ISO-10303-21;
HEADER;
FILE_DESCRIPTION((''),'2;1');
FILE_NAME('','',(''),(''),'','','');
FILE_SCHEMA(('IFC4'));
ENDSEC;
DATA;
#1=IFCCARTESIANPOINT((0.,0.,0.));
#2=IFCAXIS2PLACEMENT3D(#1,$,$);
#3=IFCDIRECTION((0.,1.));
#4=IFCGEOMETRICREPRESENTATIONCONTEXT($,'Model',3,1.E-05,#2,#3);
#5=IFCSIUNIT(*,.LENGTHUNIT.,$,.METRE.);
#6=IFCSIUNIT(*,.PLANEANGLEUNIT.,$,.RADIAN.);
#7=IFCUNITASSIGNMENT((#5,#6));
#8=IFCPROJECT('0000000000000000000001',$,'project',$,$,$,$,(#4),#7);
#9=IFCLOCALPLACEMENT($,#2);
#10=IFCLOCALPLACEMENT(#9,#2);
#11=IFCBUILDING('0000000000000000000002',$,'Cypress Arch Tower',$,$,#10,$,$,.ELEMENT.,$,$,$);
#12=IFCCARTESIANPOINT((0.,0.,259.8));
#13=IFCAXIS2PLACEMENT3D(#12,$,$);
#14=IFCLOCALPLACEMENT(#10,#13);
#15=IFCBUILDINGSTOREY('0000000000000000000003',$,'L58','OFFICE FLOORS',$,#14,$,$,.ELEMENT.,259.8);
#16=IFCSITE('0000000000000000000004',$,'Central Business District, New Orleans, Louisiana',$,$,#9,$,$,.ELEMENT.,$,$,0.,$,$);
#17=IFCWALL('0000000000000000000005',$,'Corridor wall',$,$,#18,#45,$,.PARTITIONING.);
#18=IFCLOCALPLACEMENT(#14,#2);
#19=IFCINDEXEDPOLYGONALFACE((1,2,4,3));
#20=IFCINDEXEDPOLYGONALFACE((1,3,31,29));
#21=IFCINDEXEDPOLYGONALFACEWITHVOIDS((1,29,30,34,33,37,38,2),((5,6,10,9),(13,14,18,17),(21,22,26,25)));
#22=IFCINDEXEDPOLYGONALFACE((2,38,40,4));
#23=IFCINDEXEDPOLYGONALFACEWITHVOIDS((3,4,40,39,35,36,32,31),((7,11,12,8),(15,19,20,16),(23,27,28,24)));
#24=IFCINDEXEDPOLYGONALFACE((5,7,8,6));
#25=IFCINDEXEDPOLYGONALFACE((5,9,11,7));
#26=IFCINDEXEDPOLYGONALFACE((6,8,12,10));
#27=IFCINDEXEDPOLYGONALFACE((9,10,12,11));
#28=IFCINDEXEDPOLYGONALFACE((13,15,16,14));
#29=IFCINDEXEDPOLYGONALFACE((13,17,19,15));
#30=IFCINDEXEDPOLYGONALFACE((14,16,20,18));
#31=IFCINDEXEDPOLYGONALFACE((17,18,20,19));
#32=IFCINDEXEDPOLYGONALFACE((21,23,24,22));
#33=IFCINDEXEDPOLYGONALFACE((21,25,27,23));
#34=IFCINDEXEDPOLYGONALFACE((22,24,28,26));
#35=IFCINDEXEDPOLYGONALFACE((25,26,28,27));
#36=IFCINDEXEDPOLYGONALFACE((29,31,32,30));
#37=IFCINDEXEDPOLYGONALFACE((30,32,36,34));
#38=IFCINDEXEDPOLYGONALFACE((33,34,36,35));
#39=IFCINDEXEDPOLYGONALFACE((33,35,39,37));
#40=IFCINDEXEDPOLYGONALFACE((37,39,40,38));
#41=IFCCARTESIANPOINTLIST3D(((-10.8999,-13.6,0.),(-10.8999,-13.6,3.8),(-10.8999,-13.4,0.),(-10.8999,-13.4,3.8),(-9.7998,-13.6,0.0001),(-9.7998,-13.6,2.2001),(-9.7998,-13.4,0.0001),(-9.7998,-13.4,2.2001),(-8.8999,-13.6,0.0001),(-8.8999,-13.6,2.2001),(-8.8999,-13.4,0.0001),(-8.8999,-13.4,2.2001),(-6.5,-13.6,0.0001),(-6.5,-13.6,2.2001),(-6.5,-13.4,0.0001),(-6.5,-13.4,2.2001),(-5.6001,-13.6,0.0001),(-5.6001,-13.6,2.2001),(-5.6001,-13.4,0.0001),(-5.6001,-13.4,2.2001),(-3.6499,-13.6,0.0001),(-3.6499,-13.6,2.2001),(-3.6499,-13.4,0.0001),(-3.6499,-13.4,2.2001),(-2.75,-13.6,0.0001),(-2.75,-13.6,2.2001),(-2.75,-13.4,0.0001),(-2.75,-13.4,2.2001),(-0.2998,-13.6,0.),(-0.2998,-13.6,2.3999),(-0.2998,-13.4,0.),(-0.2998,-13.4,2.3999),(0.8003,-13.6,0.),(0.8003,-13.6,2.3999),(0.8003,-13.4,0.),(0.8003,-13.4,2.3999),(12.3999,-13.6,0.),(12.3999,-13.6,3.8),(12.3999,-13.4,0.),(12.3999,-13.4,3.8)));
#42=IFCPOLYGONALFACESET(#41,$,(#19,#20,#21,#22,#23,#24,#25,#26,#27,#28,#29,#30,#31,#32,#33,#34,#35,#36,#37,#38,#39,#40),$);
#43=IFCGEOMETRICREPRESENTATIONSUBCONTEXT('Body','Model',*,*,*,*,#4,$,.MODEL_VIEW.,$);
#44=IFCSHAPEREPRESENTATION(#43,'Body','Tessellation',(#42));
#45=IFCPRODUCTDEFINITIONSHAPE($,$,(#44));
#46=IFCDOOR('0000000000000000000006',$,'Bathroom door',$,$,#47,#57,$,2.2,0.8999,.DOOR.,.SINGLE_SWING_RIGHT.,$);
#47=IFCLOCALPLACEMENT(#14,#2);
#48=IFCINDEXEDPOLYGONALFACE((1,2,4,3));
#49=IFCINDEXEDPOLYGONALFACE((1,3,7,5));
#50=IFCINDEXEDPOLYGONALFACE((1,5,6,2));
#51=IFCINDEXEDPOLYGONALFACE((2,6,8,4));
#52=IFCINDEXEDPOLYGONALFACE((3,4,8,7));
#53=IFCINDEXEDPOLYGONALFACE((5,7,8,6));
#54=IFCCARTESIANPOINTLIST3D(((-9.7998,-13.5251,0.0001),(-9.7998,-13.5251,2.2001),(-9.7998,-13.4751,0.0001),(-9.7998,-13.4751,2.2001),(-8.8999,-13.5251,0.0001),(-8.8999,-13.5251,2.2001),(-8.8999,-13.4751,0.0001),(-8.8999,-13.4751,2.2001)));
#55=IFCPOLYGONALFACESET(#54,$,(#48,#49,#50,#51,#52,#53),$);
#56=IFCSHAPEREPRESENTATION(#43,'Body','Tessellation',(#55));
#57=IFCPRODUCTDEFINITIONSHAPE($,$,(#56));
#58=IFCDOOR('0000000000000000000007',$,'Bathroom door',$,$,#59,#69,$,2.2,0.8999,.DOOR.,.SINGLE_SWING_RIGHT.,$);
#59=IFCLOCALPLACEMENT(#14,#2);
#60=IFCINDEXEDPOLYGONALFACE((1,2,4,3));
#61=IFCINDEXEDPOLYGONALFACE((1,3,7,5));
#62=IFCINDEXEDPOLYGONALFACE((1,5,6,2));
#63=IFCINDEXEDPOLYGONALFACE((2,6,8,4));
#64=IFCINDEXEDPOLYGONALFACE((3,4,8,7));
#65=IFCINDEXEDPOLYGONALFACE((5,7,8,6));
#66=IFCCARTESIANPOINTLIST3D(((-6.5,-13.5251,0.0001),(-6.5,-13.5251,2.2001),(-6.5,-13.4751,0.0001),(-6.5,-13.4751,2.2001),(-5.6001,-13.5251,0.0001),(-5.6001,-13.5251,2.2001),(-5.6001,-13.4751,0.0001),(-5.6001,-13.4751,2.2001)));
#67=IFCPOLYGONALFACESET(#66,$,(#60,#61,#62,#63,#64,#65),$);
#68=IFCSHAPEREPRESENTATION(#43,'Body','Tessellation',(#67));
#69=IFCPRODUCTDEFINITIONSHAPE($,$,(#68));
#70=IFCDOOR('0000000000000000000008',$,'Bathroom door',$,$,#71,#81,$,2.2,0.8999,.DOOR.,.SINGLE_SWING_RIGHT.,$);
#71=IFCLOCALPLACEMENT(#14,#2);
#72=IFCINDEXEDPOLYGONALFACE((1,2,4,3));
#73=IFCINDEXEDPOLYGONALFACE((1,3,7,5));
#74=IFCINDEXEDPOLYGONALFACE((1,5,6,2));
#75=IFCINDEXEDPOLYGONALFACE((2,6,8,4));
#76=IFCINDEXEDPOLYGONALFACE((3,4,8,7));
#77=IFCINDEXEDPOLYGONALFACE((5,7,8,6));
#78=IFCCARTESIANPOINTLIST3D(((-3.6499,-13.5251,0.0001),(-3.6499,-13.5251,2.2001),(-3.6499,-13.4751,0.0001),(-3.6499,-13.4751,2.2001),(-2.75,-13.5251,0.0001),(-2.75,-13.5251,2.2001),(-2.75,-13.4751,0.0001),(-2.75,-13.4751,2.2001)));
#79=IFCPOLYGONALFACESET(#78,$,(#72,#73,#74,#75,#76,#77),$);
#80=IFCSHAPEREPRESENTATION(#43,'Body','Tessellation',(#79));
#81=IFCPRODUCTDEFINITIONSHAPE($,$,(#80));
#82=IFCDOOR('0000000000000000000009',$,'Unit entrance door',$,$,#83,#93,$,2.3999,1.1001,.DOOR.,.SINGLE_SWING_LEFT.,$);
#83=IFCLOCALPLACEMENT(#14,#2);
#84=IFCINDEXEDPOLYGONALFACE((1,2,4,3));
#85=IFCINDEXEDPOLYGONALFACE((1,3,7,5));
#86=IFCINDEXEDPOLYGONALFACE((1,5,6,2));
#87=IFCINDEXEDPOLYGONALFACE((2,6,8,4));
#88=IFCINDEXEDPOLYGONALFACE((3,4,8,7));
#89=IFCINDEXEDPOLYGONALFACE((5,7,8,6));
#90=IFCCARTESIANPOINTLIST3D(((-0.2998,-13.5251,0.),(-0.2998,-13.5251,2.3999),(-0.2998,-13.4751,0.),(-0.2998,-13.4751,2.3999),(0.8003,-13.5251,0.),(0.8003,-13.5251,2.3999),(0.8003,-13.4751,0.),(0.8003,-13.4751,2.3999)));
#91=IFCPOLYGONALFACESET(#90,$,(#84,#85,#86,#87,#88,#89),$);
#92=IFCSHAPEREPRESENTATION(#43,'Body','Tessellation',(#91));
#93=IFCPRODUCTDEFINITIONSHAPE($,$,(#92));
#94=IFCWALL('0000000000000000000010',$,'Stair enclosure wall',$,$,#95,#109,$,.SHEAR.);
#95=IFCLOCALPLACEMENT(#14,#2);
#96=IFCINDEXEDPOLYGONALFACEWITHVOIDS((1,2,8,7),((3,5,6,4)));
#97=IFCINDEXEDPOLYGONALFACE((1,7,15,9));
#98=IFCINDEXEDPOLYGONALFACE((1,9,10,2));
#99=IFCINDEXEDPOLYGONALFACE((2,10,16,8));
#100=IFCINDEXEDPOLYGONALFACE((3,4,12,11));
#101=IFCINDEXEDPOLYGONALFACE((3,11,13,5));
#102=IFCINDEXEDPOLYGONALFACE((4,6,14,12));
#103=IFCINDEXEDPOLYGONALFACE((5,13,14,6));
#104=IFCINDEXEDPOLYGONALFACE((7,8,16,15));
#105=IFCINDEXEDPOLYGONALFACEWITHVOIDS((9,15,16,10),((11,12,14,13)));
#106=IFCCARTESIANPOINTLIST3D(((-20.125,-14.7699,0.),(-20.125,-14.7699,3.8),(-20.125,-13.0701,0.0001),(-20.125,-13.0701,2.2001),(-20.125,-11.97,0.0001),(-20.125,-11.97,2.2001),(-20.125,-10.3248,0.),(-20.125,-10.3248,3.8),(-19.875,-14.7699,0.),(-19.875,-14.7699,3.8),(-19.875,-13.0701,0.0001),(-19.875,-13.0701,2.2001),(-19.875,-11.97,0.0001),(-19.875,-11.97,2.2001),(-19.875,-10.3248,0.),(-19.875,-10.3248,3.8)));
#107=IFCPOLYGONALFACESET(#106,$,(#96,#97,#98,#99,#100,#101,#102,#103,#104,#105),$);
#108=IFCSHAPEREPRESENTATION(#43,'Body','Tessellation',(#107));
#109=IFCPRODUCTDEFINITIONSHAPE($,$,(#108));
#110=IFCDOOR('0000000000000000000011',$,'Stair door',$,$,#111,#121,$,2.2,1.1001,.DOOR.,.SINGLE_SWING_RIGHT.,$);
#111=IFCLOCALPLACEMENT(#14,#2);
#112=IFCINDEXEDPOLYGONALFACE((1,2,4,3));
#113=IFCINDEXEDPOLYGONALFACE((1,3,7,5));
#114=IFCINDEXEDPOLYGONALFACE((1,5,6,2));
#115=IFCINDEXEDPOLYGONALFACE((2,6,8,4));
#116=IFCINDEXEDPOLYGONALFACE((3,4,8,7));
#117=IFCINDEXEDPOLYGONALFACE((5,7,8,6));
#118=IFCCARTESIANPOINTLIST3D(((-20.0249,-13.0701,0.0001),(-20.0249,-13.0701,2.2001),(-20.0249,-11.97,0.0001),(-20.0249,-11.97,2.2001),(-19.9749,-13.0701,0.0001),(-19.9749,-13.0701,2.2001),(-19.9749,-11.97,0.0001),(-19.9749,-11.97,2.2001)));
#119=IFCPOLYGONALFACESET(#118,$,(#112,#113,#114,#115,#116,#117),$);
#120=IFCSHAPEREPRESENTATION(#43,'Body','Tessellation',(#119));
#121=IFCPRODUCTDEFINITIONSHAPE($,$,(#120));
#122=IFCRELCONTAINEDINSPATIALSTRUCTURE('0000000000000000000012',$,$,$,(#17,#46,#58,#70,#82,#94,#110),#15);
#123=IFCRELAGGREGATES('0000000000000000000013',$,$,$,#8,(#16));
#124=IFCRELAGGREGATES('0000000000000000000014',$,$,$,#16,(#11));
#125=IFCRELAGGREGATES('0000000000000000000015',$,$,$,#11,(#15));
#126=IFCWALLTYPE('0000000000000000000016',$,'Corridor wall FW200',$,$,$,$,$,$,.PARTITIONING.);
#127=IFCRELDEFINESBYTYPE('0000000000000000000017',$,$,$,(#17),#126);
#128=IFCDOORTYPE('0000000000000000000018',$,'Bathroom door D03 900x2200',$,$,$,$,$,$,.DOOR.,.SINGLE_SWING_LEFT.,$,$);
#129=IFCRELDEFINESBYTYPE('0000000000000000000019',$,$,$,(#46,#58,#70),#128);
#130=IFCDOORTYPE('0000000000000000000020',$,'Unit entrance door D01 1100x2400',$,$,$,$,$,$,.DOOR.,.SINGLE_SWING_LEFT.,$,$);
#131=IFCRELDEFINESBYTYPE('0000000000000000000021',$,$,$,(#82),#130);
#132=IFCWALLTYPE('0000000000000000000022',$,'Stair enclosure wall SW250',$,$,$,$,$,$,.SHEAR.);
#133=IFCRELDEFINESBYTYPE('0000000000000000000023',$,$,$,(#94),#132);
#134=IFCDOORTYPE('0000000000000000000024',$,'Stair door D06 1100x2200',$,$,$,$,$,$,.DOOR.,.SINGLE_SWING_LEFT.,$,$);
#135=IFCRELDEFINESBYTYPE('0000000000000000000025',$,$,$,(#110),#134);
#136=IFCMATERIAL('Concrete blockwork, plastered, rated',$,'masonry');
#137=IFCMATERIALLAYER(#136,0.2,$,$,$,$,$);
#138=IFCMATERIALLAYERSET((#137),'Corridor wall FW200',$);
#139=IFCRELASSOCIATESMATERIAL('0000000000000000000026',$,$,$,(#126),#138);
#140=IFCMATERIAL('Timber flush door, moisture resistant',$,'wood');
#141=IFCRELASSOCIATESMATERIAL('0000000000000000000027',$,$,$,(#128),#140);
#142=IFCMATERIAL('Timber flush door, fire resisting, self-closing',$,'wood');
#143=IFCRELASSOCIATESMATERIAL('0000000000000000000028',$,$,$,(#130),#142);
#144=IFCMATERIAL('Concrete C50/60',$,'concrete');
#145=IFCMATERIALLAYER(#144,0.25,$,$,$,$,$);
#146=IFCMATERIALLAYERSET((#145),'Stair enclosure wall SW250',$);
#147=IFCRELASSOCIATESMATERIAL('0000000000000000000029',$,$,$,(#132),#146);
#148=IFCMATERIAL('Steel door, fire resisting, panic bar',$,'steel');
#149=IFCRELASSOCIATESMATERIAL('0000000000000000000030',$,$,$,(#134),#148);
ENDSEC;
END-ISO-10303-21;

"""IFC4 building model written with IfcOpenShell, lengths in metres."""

from ifc_helpers import new_model, si_unit, direction, frame, frame_2d, origin, place, context, subcontext, project, spatial, rectangle, extrude, material, layer, layer_set, type_object, element, fill, save


model = new_model("IFC4")

# Units and contexts
model_context = context("Model", 3, precision=1e-05, world=origin(), true_north=direction((0.0, 1.0)))
body_context = subcontext(model_context, "Body", "Model", "MODEL_VIEW")
ifc_project = project(units=[si_unit("LENGTHUNIT", "METRE"), si_unit("PLANEANGLEUNIT", "RADIAN")], contexts=[model_context])

# Site, building, storey
site_placement = place(None, origin())
site = spatial("IfcSite", under=ifc_project, at=site_placement, Name="Central Business District, New Orleans, Louisiana", CompositionType="ELEMENT", RefElevation=0.0)
building_placement = place(site_placement, origin())
building = spatial("IfcBuilding", under=site, at=building_placement, Name="Cypress Arch Tower", CompositionType="ELEMENT")
storey_placement = place(building_placement, frame((0.0, 0.0, 259.8)))
storey = spatial("IfcBuildingStorey", under=building, at=storey_placement, Name="L58", Description="OFFICE FLOORS", CompositionType="ELEMENT", Elevation=259.8)

# Shared definitions
ifc_material_1 = material(Name="Concrete blockwork, plastered, rated", Category="masonry")
ifc_layer_1 = layer(ifc_material_1, 0.2)
ifc_layer_set_1 = layer_set([ifc_layer_1], Name="Corridor wall FW200")
wall_type_1 = type_object("IfcWallType", Name="Corridor wall FW200", PredefinedType="PARTITIONING", material=ifc_layer_set_1)

# Wall, openings, doors
wall_1_placement = place(storey_placement, frame((-10.8999, -13.5, 0.0), z_axis=(0.0, 0.0, 1.0), x_axis=(1.0, 0.0, 0.0)))
wall_1 = element("IfcWall", 1, at=wall_1_placement, inside=storey, type_object=wall_type_1, Name="Corridor wall", PredefinedType="PARTITIONING", context=body_context, shape_type="SweptSolid", body=[
    extrude(rectangle(XDim=23.2998, YDim=0.2, at=frame_2d((11.6499, 0.0))), origin(), (0.0, 0.0, 1.0), 3.8),
])
opening_1_placement = place(wall_1_placement, frame((1.1001, 0.0, 0.0)))
opening_1 = element("IfcOpeningElement", 2, at=opening_1_placement, cuts=wall_1, PredefinedType="OPENING", context=body_context, shape_type="SweptSolid", body=[
    extrude(rectangle(XDim=0.8999, YDim=2.2, at=frame_2d((0.45, 1.1001))), frame((0.0, 0.1099, 0.0), z_axis=(0.0, -1.0, 0.0), x_axis=(1.0, 0.0, 0.0)), (0.0, 0.0, 1.0), 0.22),
])
opening_2_placement = place(wall_1_placement, frame((4.3999, 0.0, 0.0)))
opening_2 = element("IfcOpeningElement", 3, at=opening_2_placement, cuts=wall_1, PredefinedType="OPENING", context=body_context, shape_type="SweptSolid", body=[
    extrude(rectangle(XDim=0.8999, YDim=2.2, at=frame_2d((0.45, 1.1001))), frame((0.0, 0.1099, 0.0), z_axis=(0.0, -1.0, 0.0), x_axis=(1.0, 0.0, 0.0)), (0.0, 0.0, 1.0), 0.22),
])
opening_3_placement = place(wall_1_placement, frame((7.25, 0.0, 0.0)))
opening_3 = element("IfcOpeningElement", 4, at=opening_3_placement, cuts=wall_1, PredefinedType="OPENING", context=body_context, shape_type="SweptSolid", body=[
    extrude(rectangle(XDim=0.8999, YDim=2.2, at=frame_2d((0.45, 1.1001))), frame((0.0, 0.1099, 0.0), z_axis=(0.0, -1.0, 0.0), x_axis=(1.0, 0.0, 0.0)), (0.0, 0.0, 1.0), 0.22),
])
opening_4_placement = place(wall_1_placement, frame((10.6001, 0.0, 0.0)))
opening_4 = element("IfcOpeningElement", 5, at=opening_4_placement, cuts=wall_1, PredefinedType="OPENING", context=body_context, shape_type="SweptSolid", body=[
    extrude(rectangle(XDim=1.1001, YDim=2.3999, at=frame_2d((0.55, 1.2))), frame((0.0, 0.1099, 0.0), z_axis=(0.0, -1.0, 0.0), x_axis=(1.0, 0.0, 0.0)), (0.0, 0.0, 1.0), 0.22),
])
ifc_material_2 = material(Name="Timber flush door, moisture resistant", Category="wood")
door_type_1 = type_object("IfcDoorType", Name="Bathroom door D03 900x2200", OperationType="SINGLE_SWING_LEFT", PredefinedType="DOOR", material=ifc_material_2)
door_1_placement = place(opening_1_placement, origin())
door_1 = element("IfcDoor", 6, at=door_1_placement, inside=storey, type_object=door_type_1, Name="Bathroom door", OperationType="SINGLE_SWING_RIGHT", OverallHeight=2.2, OverallWidth=0.8999, PredefinedType="DOOR", context=body_context, shape_type="SweptSolid", body=[
    extrude(rectangle(XDim=0.8999, YDim=2.2, at=frame_2d((0.45, 1.1001))), frame((0.0, 0.0249, 0.0), z_axis=(0.0, -1.0, 0.0), x_axis=(1.0, 0.0, 0.0)), (0.0, 0.0, 1.0), 0.05),
])
fill(opening_1, door_1)
door_2_placement = place(opening_2_placement, origin())
door_2 = element("IfcDoor", 7, at=door_2_placement, inside=storey, type_object=door_type_1, Name="Bathroom door", OperationType="SINGLE_SWING_RIGHT", OverallHeight=2.2, OverallWidth=0.8999, PredefinedType="DOOR", context=body_context, shape_type="SweptSolid", body=[
    extrude(rectangle(XDim=0.8999, YDim=2.2, at=frame_2d((0.45, 1.1001))), frame((0.0, 0.0249, 0.0), z_axis=(0.0, -1.0, 0.0), x_axis=(1.0, 0.0, 0.0)), (0.0, 0.0, 1.0), 0.05),
])
fill(opening_2, door_2)
door_3_placement = place(opening_3_placement, origin())
door_3 = element("IfcDoor", 8, at=door_3_placement, inside=storey, type_object=door_type_1, Name="Bathroom door", OperationType="SINGLE_SWING_RIGHT", OverallHeight=2.2, OverallWidth=0.8999, PredefinedType="DOOR", context=body_context, shape_type="SweptSolid", body=[
    extrude(rectangle(XDim=0.8999, YDim=2.2, at=frame_2d((0.45, 1.1001))), frame((0.0, 0.0249, 0.0), z_axis=(0.0, -1.0, 0.0), x_axis=(1.0, 0.0, 0.0)), (0.0, 0.0, 1.0), 0.05),
])
fill(opening_3, door_3)
ifc_material_3 = material(Name="Timber flush door, fire resisting, self-closing", Category="wood")
door_type_2 = type_object("IfcDoorType", Name="Unit entrance door D01 1100x2400", OperationType="SINGLE_SWING_LEFT", PredefinedType="DOOR", material=ifc_material_3)
door_4_placement = place(opening_4_placement, origin())
door_4 = element("IfcDoor", 9, at=door_4_placement, inside=storey, type_object=door_type_2, Name="Unit entrance door", OperationType="SINGLE_SWING_LEFT", OverallHeight=2.3999, OverallWidth=1.1001, PredefinedType="DOOR", context=body_context, shape_type="SweptSolid", body=[
    extrude(rectangle(XDim=1.1001, YDim=2.3999, at=frame_2d((0.55, 1.2))), frame((0.0, 0.0249, 0.0), z_axis=(0.0, -1.0, 0.0), x_axis=(1.0, 0.0, 0.0)), (0.0, 0.0, 1.0), 0.05),
])
fill(opening_4, door_4)

# Wall, opening, door
ifc_material_4 = material(Name="Concrete C50/60", Category="concrete")
ifc_layer_2 = layer(ifc_material_4, 0.25)
ifc_layer_set_2 = layer_set([ifc_layer_2], Name="Stair enclosure wall SW250")
wall_type_2 = type_object("IfcWallType", Name="Stair enclosure wall SW250", PredefinedType="SHEAR", material=ifc_layer_set_2)
wall_2_placement = place(storey_placement, frame((-20.0, -14.77, 0.0), z_axis=(0.0, 0.0, 1.0), x_axis=(0.0, 1.0, 0.0)))
wall_2 = element("IfcWall", 10, at=wall_2_placement, inside=storey, type_object=wall_type_2, Name="Stair enclosure wall", PredefinedType="SHEAR", context=body_context, shape_type="SweptSolid", body=[
    extrude(rectangle(XDim=4.4451, YDim=0.25, at=frame_2d((2.2227, 0.0))), origin(), (0.0, 0.0, 1.0), 3.8),
])
opening_5_placement = place(wall_2_placement, frame((1.7, 0.0, 0.0)))
opening_5 = element("IfcOpeningElement", 11, at=opening_5_placement, cuts=wall_2, PredefinedType="OPENING", context=body_context, shape_type="SweptSolid", body=[
    extrude(rectangle(XDim=1.1001, YDim=2.2, at=frame_2d((0.55, 1.1001))), frame((0.0, 0.135, 0.0), z_axis=(0.0, -1.0, 0.0), x_axis=(1.0, 0.0, 0.0)), (0.0, 0.0, 1.0), 0.27),
])
ifc_material_5 = material(Name="Steel door, fire resisting, panic bar", Category="steel")
door_type_3 = type_object("IfcDoorType", Name="Stair door D06 1100x2200", OperationType="SINGLE_SWING_LEFT", PredefinedType="DOOR", material=ifc_material_5)
door_5_placement = place(opening_5_placement, origin())
door_5 = element("IfcDoor", 12, at=door_5_placement, inside=storey, type_object=door_type_3, Name="Stair door", OperationType="SINGLE_SWING_RIGHT", OverallHeight=2.2, OverallWidth=1.1001, PredefinedType="DOOR", context=body_context, shape_type="SweptSolid", body=[
    extrude(rectangle(XDim=1.1001, YDim=2.2, at=frame_2d((0.55, 1.1001))), frame((0.0, 0.0249, 0.0), z_axis=(0.0, -1.0, 0.0), x_axis=(1.0, 0.0, 0.0)), (0.0, 0.0, 1.0), 0.05),
])
fill(opening_5, door_5)

save(model, "model.ifc")
